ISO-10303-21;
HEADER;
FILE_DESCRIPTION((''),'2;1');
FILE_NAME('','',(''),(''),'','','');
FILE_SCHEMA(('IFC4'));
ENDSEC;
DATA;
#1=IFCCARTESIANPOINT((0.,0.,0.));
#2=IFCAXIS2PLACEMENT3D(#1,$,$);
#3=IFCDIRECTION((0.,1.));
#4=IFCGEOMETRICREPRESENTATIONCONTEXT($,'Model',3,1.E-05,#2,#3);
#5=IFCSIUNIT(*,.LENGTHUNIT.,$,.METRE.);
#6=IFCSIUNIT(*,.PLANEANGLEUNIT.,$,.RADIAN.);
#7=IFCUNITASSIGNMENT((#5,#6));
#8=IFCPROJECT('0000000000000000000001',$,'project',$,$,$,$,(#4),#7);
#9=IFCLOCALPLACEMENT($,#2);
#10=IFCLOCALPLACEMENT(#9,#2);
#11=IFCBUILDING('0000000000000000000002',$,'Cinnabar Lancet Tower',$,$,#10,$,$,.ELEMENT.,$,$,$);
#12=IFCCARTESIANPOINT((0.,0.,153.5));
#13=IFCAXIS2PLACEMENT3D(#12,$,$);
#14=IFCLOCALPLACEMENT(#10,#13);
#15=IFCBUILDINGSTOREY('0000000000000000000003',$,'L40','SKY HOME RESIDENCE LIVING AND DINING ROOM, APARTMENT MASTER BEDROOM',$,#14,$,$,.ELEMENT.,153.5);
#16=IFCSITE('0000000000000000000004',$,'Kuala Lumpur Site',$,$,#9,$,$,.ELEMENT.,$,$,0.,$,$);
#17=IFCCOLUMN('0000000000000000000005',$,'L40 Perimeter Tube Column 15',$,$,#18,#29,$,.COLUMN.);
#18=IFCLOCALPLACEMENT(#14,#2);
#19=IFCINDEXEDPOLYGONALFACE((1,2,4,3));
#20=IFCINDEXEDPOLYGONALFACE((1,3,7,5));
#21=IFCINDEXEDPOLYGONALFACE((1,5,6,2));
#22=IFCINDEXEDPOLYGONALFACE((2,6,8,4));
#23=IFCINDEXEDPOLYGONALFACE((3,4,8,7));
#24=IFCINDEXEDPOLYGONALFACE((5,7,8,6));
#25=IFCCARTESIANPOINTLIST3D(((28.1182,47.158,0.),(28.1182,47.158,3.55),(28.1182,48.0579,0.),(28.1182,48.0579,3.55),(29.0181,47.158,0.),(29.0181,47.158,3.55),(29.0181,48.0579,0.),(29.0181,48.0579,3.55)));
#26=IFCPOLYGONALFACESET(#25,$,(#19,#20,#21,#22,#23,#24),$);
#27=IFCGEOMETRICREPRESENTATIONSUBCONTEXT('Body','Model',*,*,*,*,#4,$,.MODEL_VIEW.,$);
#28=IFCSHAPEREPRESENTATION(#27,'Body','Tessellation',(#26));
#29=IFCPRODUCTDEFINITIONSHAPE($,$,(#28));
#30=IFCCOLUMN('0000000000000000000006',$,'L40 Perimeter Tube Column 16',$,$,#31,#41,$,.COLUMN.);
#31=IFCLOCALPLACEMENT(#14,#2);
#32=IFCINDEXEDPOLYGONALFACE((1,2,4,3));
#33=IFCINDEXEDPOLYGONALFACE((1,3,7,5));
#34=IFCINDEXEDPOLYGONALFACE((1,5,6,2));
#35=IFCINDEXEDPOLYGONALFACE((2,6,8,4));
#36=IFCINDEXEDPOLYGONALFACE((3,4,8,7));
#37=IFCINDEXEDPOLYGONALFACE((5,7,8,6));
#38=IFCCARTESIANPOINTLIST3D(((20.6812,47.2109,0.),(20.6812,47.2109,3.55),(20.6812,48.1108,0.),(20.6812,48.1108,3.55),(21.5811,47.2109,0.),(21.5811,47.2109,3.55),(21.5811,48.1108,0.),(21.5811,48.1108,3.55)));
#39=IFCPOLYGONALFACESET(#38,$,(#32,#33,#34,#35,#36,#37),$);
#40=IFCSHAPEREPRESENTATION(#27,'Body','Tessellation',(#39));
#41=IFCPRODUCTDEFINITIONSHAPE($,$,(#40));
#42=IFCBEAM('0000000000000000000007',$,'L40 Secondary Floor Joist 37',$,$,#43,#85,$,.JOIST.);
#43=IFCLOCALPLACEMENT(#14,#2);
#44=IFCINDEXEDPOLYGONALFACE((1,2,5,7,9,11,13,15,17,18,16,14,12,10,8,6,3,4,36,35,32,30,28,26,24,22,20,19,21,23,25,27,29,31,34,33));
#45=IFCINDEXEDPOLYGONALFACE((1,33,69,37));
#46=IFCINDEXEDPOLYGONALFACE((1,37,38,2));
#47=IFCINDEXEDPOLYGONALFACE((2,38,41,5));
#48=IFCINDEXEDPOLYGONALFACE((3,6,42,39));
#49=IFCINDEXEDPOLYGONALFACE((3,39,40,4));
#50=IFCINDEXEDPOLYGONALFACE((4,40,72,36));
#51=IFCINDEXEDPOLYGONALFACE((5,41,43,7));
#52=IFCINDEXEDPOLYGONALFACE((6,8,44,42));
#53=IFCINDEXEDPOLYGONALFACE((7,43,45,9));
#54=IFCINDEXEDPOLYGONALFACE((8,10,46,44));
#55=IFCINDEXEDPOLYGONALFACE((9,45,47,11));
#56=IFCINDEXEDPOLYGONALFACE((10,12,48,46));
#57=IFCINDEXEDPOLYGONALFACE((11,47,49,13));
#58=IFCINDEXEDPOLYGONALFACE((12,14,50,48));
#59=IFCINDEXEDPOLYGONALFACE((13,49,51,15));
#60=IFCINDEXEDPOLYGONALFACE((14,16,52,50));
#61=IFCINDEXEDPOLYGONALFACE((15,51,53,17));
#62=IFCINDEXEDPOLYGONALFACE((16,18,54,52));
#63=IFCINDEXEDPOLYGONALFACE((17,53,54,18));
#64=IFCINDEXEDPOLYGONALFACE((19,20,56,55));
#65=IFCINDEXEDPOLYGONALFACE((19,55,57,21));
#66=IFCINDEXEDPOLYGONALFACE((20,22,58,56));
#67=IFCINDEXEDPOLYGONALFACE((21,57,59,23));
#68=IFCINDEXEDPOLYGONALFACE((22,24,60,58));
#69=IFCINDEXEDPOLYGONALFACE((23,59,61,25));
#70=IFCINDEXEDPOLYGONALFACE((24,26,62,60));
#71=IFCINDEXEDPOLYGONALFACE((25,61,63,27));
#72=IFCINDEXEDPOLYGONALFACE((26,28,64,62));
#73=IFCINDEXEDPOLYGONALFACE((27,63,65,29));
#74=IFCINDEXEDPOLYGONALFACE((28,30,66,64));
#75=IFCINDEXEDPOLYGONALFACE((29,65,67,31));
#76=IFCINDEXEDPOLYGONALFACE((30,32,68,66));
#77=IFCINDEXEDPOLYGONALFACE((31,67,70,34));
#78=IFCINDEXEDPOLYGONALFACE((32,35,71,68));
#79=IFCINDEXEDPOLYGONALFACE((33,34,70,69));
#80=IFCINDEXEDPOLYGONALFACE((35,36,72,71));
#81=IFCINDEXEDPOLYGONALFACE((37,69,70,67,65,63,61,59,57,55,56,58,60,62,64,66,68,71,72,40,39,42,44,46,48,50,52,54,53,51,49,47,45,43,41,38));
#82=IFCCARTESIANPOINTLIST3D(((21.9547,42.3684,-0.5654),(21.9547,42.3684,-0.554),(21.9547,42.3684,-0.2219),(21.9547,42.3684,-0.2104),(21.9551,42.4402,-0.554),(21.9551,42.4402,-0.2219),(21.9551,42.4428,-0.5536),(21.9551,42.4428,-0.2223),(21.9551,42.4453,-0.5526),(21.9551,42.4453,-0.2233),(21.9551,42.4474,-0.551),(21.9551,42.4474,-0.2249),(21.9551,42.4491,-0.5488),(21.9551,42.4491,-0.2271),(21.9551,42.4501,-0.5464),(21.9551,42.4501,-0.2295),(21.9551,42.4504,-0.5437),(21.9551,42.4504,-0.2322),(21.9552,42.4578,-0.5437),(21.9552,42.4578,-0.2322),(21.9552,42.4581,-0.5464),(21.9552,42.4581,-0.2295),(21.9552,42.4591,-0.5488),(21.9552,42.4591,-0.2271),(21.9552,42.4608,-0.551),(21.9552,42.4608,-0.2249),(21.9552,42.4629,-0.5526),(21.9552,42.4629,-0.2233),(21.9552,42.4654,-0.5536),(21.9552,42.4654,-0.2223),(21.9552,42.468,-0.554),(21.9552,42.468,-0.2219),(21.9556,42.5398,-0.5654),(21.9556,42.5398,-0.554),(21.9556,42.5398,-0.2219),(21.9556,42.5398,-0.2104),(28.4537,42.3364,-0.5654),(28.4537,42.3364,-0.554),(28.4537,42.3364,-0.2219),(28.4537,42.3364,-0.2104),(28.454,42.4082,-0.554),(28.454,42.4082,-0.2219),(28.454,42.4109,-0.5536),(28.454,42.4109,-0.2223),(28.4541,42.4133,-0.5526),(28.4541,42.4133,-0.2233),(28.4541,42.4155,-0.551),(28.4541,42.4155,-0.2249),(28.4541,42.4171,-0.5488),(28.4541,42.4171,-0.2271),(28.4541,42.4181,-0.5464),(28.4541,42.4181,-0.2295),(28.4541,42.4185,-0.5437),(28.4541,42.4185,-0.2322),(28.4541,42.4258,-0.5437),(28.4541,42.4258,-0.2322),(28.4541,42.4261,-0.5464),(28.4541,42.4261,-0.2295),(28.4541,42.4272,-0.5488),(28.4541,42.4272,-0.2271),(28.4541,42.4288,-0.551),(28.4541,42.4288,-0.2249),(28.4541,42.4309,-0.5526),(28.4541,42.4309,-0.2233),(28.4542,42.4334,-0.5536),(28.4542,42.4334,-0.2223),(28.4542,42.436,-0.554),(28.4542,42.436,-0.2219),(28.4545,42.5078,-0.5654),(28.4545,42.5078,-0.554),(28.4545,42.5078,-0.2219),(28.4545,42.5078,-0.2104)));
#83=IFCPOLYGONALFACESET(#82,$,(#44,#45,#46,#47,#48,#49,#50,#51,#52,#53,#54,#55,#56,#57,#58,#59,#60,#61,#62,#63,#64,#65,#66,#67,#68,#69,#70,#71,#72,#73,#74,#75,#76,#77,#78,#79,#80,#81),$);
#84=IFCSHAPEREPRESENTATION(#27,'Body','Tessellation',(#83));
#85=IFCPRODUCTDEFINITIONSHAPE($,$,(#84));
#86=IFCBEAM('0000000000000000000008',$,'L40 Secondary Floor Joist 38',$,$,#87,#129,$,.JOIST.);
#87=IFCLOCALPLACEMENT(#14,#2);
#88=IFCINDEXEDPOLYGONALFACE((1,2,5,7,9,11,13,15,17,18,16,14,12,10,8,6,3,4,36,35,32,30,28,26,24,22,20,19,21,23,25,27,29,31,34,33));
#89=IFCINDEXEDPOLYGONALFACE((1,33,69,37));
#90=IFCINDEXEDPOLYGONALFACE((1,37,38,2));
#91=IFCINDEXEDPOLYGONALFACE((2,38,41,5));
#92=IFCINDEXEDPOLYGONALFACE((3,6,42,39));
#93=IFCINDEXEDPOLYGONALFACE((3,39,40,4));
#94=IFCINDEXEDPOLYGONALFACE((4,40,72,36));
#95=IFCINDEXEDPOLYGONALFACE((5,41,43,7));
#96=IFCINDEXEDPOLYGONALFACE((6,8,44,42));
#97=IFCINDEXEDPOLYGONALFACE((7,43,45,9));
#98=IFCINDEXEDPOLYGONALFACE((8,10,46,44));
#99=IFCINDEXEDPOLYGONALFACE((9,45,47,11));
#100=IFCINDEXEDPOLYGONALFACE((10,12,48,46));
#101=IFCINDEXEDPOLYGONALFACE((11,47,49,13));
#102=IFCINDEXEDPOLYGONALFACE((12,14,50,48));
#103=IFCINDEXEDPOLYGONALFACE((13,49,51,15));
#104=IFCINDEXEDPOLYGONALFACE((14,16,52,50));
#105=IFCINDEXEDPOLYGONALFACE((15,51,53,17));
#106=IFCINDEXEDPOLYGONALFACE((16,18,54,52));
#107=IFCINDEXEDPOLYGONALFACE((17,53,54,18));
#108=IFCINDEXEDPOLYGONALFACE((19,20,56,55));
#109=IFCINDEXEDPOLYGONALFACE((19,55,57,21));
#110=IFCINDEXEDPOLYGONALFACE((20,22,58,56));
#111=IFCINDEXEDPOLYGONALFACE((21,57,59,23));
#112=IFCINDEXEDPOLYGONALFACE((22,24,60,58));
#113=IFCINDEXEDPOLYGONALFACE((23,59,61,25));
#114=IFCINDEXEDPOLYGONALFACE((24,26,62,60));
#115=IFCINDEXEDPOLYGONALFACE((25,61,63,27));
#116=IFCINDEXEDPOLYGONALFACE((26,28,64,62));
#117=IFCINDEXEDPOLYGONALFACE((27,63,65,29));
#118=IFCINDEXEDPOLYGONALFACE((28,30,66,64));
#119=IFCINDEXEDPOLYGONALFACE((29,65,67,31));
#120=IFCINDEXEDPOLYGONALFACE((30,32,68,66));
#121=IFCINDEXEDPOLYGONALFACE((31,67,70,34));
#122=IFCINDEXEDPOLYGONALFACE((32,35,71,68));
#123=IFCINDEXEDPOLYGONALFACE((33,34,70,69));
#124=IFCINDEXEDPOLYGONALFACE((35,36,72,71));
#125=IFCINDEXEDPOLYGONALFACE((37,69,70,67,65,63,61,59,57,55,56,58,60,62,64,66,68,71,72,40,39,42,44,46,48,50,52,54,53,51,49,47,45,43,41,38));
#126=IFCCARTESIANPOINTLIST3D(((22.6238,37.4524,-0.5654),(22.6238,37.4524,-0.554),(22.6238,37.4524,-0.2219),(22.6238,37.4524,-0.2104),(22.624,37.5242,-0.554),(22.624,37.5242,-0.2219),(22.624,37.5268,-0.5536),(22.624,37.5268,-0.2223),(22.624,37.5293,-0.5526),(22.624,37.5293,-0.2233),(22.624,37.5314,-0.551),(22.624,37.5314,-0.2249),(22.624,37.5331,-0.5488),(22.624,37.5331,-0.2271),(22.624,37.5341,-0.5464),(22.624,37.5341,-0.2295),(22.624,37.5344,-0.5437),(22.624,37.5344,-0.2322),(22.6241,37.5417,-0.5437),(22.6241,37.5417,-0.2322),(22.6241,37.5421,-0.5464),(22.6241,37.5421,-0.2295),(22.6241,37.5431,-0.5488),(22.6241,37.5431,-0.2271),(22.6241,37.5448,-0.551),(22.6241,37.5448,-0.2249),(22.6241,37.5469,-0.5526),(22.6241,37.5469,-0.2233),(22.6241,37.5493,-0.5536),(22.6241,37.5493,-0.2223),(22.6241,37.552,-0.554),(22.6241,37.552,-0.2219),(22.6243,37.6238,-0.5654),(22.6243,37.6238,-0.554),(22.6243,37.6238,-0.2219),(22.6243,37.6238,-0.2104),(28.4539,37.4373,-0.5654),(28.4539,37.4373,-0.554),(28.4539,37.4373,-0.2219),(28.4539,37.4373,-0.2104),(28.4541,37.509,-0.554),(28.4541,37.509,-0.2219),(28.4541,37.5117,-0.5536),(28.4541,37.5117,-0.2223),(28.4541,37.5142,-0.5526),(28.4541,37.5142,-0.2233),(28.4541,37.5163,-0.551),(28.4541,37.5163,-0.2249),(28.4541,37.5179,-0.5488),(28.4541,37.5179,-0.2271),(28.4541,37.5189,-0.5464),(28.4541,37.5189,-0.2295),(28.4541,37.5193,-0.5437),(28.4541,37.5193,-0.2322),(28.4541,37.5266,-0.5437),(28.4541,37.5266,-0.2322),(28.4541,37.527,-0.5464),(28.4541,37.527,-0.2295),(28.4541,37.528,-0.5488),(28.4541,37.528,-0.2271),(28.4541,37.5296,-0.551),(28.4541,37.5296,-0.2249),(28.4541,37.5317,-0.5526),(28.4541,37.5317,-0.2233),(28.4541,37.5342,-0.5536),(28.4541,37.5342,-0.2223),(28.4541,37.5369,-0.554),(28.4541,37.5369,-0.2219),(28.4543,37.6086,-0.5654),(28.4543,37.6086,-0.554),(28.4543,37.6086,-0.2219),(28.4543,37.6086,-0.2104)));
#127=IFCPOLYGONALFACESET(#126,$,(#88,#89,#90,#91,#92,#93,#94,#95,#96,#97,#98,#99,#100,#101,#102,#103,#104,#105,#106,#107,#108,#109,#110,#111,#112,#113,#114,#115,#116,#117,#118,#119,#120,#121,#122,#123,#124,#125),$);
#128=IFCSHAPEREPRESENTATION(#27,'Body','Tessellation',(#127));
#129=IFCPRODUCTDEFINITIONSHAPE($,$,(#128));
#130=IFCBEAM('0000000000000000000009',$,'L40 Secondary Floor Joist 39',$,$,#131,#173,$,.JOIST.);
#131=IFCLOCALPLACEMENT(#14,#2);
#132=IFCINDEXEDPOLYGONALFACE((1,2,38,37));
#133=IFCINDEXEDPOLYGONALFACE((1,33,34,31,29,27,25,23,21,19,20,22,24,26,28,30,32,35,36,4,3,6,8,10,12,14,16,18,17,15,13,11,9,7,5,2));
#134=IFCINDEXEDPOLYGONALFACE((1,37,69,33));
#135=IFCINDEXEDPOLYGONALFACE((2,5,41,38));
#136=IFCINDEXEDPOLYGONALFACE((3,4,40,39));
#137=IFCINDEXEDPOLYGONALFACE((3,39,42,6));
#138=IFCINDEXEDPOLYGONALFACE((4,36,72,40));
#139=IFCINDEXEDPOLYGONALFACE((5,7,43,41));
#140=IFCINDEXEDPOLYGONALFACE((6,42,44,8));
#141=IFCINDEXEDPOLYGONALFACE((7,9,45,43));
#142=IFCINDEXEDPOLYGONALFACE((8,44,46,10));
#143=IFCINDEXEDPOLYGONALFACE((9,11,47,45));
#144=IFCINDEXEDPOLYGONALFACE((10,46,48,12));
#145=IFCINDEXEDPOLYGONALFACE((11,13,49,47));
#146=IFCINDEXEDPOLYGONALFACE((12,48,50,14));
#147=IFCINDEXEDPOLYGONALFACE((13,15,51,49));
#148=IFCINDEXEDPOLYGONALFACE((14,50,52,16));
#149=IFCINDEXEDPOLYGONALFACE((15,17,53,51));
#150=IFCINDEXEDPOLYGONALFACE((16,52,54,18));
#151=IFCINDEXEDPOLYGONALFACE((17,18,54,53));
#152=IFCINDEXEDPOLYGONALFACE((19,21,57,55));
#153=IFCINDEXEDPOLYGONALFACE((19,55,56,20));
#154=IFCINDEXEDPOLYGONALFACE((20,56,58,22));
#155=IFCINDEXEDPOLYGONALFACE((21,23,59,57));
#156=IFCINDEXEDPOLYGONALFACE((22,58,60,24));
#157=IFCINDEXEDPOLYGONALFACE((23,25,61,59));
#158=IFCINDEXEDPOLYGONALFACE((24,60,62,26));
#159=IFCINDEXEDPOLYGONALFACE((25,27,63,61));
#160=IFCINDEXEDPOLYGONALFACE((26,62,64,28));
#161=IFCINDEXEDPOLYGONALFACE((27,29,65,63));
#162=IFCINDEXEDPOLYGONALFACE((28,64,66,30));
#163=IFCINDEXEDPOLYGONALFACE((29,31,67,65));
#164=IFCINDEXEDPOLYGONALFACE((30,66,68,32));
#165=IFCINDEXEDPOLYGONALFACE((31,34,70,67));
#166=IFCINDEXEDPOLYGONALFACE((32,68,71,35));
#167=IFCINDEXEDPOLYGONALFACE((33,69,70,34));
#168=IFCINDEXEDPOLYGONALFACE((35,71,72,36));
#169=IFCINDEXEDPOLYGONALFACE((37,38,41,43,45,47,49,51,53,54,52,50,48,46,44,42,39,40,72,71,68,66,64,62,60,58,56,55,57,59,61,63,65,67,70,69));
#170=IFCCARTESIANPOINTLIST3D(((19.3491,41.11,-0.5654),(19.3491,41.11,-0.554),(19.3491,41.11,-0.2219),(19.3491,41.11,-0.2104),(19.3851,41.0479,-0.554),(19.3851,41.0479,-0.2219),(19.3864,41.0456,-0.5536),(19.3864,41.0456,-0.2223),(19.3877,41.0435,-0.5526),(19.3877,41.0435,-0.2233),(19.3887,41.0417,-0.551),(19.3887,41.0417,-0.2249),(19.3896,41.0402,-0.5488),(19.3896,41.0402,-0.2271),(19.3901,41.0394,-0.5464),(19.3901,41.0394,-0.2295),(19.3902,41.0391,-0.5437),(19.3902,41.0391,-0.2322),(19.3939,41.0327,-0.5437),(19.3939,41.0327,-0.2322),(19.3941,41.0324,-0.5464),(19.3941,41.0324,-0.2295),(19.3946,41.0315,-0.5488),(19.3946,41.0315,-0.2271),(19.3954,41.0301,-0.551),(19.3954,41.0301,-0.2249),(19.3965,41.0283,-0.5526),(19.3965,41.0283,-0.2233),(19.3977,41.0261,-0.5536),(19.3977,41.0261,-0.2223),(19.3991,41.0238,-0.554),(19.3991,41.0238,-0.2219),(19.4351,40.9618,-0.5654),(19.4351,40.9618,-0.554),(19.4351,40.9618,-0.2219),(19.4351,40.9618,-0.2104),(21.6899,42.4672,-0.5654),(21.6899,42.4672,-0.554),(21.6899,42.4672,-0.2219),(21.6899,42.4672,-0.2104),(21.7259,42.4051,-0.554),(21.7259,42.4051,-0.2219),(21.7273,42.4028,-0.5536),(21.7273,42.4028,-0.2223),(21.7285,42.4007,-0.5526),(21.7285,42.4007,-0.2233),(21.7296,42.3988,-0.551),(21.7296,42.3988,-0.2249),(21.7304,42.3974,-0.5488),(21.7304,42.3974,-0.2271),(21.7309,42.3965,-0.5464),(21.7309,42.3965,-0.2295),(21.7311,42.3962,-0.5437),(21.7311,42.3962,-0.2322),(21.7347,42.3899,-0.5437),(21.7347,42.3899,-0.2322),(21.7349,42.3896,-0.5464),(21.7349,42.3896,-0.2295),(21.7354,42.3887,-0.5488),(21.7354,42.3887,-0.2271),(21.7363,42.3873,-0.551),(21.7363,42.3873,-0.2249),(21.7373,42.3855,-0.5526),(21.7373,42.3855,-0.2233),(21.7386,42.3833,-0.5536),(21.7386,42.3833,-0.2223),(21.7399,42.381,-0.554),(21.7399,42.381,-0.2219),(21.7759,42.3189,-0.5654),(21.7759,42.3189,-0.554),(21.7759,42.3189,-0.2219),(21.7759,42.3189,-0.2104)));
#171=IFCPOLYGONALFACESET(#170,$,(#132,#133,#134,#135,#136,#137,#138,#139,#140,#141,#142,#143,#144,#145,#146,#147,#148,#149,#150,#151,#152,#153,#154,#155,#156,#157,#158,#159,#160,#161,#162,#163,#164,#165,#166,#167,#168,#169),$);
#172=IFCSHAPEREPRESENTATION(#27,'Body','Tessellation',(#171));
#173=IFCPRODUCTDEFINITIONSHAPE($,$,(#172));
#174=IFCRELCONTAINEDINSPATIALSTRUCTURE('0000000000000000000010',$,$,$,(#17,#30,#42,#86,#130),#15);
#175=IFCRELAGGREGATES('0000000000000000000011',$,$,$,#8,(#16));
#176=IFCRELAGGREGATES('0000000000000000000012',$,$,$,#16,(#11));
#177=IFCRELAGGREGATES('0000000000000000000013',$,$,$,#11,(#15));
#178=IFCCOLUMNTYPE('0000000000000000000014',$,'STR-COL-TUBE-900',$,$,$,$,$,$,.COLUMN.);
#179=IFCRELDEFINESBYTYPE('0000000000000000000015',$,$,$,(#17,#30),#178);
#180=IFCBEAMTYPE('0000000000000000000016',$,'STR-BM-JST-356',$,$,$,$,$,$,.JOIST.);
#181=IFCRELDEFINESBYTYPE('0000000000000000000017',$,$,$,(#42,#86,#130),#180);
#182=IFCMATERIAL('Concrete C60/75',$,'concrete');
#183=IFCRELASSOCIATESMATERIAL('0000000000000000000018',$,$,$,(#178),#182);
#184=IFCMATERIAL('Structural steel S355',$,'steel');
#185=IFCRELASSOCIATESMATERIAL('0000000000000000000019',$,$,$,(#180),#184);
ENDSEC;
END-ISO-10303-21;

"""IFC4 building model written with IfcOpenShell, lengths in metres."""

from ifc_helpers import new_model, si_unit, direction, frame, origin, origin_2d, place, context, subcontext, project, spatial, rectangle, i_section, extrude, material, material_profile, profile_set, type_object, element, save


model = new_model("IFC4")

# Units and contexts
model_context = context("Model", 3, precision=1e-05, world=origin(), true_north=direction((0.0, 1.0)))
body_context = subcontext(model_context, "Body", "Model", "MODEL_VIEW")
ifc_project = project(units=[si_unit("LENGTHUNIT", "METRE"), si_unit("PLANEANGLEUNIT", "RADIAN")], contexts=[model_context])

# Site, building, storey
site_placement = place(None, origin())
site = spatial("IfcSite", under=ifc_project, at=site_placement, Name="Kuala Lumpur Site", CompositionType="ELEMENT", RefElevation=0.0)
building_placement = place(site_placement, origin())
building = spatial("IfcBuilding", under=site, at=building_placement, Name="Cinnabar Lancet Tower", CompositionType="ELEMENT")
storey_placement = place(building_placement, frame((0.0, 0.0, 153.5)))
storey = spatial("IfcBuildingStorey", under=building, at=storey_placement, Name="L40", Description="SKY HOME RESIDENCE LIVING AND DINING ROOM, APARTMENT MASTER BEDROOM", CompositionType="ELEMENT", Elevation=153.5)

# Columns
ifc_material_1 = material(Name="Concrete C60/75", Category="concrete")
ifc_material_profile_1 = material_profile(ifc_material_1, rectangle(XDim=0.8999, YDim=0.8999, at=origin_2d()), Name="RC-COL 900x900")
ifc_profile_set_1 = profile_set([ifc_material_profile_1], Name="Concrete C60/75")
column_type = type_object("IfcColumnType", Name="STR-COL-TUBE-900", PredefinedType="COLUMN", material=ifc_profile_set_1)
for number, where, z_axis, x_axis, name in (
    (1, (28.5681, 47.6079, 0.0), (0.0, 0.0, 1.0), (1.0, 0.0, 0.0), "L40 Perimeter Tube Column 15"),
    (2, (21.1311, 47.6609, 0.0), (0.0, 0.0, 1.0), (1.0, 0.0, 0.0), "L40 Perimeter Tube Column 16"),
):
    element("IfcColumn", number, at=place(storey_placement, frame(where, z_axis=z_axis, x_axis=x_axis)), inside=storey, type_object=column_type, Name=name, PredefinedType="COLUMN", context=body_context, shape_type="SweptSolid", body=[
        extrude(rectangle(XDim=0.8999, YDim=0.8999, at=origin_2d()), origin(), (0.0, 0.0, 1.0), 3.55),
    ])

# Beams
ifc_material_2 = material(Name="Structural steel S355", Category="steel")
ifc_material_profile_2 = material_profile(ifc_material_2, i_section(OverallWidth=0.1714, OverallDepth=0.355, WebThickness=0.0073, FlangeThickness=0.0115, FilletRadius=0.0103, at=origin_2d()), Name="UKB 356x171x51")
ifc_profile_set_2 = profile_set([ifc_material_profile_2], Name="Structural steel S355")
beam_type_1 = type_object("IfcBeamType", Name="STR-BM-JST-356", PredefinedType="JOIST", material=ifc_profile_set_2)
beam_1_placement = place(storey_placement, frame((28.4541, 42.4221, -0.3879), z_axis=(-0.999988, 0.004921, 0.0), x_axis=(-0.004921, -0.999988, 0.0)))
element("IfcBeam", 3, at=beam_1_placement, inside=storey, type_object=beam_type_1, Name="L40 Secondary Floor Joist 37", PredefinedType="JOIST", context=body_context, shape_type="SweptSolid", body=[
    extrude(i_section(OverallWidth=0.1714, OverallDepth=0.355, WebThickness=0.0073, FlangeThickness=0.0115, FilletRadius=0.0103, at=origin_2d()), origin(), (0.0, 0.0, 1.0), 6.499),
])
beam_2_placement = place(storey_placement, frame((28.4541, 37.5229, -0.3879), z_axis=(-0.999997, 0.002596, 0.0), x_axis=(-0.002596, -0.999997, 0.0)))
element("IfcBeam", 4, at=beam_2_placement, inside=storey, type_object=beam_type_1, Name="L40 Secondary Floor Joist 38", PredefinedType="JOIST", context=body_context, shape_type="SweptSolid", body=[
    extrude(i_section(OverallWidth=0.1714, OverallDepth=0.355, WebThickness=0.0073, FlangeThickness=0.0115, FilletRadius=0.0103, at=origin_2d()), origin(), (0.0, 0.0, 1.0), 5.8301),
])
beam_3_placement = place(storey_placement, frame((21.7329, 42.3931, -0.3879), z_axis=(-0.865111, -0.50158, 0.0), x_axis=(0.50158, -0.865111, 0.0)))
element("IfcBeam", 5, at=beam_3_placement, inside=storey, type_object=beam_type_1, Name="L40 Secondary Floor Joist 39", PredefinedType="JOIST", context=body_context, shape_type="SweptSolid", body=[
    extrude(i_section(OverallWidth=0.1714, OverallDepth=0.355, WebThickness=0.0073, FlangeThickness=0.0115, FilletRadius=0.0103, at=origin_2d()), origin(), (0.0, 0.0, 1.0), 2.7058),
])

save(model, "model.ifc")
